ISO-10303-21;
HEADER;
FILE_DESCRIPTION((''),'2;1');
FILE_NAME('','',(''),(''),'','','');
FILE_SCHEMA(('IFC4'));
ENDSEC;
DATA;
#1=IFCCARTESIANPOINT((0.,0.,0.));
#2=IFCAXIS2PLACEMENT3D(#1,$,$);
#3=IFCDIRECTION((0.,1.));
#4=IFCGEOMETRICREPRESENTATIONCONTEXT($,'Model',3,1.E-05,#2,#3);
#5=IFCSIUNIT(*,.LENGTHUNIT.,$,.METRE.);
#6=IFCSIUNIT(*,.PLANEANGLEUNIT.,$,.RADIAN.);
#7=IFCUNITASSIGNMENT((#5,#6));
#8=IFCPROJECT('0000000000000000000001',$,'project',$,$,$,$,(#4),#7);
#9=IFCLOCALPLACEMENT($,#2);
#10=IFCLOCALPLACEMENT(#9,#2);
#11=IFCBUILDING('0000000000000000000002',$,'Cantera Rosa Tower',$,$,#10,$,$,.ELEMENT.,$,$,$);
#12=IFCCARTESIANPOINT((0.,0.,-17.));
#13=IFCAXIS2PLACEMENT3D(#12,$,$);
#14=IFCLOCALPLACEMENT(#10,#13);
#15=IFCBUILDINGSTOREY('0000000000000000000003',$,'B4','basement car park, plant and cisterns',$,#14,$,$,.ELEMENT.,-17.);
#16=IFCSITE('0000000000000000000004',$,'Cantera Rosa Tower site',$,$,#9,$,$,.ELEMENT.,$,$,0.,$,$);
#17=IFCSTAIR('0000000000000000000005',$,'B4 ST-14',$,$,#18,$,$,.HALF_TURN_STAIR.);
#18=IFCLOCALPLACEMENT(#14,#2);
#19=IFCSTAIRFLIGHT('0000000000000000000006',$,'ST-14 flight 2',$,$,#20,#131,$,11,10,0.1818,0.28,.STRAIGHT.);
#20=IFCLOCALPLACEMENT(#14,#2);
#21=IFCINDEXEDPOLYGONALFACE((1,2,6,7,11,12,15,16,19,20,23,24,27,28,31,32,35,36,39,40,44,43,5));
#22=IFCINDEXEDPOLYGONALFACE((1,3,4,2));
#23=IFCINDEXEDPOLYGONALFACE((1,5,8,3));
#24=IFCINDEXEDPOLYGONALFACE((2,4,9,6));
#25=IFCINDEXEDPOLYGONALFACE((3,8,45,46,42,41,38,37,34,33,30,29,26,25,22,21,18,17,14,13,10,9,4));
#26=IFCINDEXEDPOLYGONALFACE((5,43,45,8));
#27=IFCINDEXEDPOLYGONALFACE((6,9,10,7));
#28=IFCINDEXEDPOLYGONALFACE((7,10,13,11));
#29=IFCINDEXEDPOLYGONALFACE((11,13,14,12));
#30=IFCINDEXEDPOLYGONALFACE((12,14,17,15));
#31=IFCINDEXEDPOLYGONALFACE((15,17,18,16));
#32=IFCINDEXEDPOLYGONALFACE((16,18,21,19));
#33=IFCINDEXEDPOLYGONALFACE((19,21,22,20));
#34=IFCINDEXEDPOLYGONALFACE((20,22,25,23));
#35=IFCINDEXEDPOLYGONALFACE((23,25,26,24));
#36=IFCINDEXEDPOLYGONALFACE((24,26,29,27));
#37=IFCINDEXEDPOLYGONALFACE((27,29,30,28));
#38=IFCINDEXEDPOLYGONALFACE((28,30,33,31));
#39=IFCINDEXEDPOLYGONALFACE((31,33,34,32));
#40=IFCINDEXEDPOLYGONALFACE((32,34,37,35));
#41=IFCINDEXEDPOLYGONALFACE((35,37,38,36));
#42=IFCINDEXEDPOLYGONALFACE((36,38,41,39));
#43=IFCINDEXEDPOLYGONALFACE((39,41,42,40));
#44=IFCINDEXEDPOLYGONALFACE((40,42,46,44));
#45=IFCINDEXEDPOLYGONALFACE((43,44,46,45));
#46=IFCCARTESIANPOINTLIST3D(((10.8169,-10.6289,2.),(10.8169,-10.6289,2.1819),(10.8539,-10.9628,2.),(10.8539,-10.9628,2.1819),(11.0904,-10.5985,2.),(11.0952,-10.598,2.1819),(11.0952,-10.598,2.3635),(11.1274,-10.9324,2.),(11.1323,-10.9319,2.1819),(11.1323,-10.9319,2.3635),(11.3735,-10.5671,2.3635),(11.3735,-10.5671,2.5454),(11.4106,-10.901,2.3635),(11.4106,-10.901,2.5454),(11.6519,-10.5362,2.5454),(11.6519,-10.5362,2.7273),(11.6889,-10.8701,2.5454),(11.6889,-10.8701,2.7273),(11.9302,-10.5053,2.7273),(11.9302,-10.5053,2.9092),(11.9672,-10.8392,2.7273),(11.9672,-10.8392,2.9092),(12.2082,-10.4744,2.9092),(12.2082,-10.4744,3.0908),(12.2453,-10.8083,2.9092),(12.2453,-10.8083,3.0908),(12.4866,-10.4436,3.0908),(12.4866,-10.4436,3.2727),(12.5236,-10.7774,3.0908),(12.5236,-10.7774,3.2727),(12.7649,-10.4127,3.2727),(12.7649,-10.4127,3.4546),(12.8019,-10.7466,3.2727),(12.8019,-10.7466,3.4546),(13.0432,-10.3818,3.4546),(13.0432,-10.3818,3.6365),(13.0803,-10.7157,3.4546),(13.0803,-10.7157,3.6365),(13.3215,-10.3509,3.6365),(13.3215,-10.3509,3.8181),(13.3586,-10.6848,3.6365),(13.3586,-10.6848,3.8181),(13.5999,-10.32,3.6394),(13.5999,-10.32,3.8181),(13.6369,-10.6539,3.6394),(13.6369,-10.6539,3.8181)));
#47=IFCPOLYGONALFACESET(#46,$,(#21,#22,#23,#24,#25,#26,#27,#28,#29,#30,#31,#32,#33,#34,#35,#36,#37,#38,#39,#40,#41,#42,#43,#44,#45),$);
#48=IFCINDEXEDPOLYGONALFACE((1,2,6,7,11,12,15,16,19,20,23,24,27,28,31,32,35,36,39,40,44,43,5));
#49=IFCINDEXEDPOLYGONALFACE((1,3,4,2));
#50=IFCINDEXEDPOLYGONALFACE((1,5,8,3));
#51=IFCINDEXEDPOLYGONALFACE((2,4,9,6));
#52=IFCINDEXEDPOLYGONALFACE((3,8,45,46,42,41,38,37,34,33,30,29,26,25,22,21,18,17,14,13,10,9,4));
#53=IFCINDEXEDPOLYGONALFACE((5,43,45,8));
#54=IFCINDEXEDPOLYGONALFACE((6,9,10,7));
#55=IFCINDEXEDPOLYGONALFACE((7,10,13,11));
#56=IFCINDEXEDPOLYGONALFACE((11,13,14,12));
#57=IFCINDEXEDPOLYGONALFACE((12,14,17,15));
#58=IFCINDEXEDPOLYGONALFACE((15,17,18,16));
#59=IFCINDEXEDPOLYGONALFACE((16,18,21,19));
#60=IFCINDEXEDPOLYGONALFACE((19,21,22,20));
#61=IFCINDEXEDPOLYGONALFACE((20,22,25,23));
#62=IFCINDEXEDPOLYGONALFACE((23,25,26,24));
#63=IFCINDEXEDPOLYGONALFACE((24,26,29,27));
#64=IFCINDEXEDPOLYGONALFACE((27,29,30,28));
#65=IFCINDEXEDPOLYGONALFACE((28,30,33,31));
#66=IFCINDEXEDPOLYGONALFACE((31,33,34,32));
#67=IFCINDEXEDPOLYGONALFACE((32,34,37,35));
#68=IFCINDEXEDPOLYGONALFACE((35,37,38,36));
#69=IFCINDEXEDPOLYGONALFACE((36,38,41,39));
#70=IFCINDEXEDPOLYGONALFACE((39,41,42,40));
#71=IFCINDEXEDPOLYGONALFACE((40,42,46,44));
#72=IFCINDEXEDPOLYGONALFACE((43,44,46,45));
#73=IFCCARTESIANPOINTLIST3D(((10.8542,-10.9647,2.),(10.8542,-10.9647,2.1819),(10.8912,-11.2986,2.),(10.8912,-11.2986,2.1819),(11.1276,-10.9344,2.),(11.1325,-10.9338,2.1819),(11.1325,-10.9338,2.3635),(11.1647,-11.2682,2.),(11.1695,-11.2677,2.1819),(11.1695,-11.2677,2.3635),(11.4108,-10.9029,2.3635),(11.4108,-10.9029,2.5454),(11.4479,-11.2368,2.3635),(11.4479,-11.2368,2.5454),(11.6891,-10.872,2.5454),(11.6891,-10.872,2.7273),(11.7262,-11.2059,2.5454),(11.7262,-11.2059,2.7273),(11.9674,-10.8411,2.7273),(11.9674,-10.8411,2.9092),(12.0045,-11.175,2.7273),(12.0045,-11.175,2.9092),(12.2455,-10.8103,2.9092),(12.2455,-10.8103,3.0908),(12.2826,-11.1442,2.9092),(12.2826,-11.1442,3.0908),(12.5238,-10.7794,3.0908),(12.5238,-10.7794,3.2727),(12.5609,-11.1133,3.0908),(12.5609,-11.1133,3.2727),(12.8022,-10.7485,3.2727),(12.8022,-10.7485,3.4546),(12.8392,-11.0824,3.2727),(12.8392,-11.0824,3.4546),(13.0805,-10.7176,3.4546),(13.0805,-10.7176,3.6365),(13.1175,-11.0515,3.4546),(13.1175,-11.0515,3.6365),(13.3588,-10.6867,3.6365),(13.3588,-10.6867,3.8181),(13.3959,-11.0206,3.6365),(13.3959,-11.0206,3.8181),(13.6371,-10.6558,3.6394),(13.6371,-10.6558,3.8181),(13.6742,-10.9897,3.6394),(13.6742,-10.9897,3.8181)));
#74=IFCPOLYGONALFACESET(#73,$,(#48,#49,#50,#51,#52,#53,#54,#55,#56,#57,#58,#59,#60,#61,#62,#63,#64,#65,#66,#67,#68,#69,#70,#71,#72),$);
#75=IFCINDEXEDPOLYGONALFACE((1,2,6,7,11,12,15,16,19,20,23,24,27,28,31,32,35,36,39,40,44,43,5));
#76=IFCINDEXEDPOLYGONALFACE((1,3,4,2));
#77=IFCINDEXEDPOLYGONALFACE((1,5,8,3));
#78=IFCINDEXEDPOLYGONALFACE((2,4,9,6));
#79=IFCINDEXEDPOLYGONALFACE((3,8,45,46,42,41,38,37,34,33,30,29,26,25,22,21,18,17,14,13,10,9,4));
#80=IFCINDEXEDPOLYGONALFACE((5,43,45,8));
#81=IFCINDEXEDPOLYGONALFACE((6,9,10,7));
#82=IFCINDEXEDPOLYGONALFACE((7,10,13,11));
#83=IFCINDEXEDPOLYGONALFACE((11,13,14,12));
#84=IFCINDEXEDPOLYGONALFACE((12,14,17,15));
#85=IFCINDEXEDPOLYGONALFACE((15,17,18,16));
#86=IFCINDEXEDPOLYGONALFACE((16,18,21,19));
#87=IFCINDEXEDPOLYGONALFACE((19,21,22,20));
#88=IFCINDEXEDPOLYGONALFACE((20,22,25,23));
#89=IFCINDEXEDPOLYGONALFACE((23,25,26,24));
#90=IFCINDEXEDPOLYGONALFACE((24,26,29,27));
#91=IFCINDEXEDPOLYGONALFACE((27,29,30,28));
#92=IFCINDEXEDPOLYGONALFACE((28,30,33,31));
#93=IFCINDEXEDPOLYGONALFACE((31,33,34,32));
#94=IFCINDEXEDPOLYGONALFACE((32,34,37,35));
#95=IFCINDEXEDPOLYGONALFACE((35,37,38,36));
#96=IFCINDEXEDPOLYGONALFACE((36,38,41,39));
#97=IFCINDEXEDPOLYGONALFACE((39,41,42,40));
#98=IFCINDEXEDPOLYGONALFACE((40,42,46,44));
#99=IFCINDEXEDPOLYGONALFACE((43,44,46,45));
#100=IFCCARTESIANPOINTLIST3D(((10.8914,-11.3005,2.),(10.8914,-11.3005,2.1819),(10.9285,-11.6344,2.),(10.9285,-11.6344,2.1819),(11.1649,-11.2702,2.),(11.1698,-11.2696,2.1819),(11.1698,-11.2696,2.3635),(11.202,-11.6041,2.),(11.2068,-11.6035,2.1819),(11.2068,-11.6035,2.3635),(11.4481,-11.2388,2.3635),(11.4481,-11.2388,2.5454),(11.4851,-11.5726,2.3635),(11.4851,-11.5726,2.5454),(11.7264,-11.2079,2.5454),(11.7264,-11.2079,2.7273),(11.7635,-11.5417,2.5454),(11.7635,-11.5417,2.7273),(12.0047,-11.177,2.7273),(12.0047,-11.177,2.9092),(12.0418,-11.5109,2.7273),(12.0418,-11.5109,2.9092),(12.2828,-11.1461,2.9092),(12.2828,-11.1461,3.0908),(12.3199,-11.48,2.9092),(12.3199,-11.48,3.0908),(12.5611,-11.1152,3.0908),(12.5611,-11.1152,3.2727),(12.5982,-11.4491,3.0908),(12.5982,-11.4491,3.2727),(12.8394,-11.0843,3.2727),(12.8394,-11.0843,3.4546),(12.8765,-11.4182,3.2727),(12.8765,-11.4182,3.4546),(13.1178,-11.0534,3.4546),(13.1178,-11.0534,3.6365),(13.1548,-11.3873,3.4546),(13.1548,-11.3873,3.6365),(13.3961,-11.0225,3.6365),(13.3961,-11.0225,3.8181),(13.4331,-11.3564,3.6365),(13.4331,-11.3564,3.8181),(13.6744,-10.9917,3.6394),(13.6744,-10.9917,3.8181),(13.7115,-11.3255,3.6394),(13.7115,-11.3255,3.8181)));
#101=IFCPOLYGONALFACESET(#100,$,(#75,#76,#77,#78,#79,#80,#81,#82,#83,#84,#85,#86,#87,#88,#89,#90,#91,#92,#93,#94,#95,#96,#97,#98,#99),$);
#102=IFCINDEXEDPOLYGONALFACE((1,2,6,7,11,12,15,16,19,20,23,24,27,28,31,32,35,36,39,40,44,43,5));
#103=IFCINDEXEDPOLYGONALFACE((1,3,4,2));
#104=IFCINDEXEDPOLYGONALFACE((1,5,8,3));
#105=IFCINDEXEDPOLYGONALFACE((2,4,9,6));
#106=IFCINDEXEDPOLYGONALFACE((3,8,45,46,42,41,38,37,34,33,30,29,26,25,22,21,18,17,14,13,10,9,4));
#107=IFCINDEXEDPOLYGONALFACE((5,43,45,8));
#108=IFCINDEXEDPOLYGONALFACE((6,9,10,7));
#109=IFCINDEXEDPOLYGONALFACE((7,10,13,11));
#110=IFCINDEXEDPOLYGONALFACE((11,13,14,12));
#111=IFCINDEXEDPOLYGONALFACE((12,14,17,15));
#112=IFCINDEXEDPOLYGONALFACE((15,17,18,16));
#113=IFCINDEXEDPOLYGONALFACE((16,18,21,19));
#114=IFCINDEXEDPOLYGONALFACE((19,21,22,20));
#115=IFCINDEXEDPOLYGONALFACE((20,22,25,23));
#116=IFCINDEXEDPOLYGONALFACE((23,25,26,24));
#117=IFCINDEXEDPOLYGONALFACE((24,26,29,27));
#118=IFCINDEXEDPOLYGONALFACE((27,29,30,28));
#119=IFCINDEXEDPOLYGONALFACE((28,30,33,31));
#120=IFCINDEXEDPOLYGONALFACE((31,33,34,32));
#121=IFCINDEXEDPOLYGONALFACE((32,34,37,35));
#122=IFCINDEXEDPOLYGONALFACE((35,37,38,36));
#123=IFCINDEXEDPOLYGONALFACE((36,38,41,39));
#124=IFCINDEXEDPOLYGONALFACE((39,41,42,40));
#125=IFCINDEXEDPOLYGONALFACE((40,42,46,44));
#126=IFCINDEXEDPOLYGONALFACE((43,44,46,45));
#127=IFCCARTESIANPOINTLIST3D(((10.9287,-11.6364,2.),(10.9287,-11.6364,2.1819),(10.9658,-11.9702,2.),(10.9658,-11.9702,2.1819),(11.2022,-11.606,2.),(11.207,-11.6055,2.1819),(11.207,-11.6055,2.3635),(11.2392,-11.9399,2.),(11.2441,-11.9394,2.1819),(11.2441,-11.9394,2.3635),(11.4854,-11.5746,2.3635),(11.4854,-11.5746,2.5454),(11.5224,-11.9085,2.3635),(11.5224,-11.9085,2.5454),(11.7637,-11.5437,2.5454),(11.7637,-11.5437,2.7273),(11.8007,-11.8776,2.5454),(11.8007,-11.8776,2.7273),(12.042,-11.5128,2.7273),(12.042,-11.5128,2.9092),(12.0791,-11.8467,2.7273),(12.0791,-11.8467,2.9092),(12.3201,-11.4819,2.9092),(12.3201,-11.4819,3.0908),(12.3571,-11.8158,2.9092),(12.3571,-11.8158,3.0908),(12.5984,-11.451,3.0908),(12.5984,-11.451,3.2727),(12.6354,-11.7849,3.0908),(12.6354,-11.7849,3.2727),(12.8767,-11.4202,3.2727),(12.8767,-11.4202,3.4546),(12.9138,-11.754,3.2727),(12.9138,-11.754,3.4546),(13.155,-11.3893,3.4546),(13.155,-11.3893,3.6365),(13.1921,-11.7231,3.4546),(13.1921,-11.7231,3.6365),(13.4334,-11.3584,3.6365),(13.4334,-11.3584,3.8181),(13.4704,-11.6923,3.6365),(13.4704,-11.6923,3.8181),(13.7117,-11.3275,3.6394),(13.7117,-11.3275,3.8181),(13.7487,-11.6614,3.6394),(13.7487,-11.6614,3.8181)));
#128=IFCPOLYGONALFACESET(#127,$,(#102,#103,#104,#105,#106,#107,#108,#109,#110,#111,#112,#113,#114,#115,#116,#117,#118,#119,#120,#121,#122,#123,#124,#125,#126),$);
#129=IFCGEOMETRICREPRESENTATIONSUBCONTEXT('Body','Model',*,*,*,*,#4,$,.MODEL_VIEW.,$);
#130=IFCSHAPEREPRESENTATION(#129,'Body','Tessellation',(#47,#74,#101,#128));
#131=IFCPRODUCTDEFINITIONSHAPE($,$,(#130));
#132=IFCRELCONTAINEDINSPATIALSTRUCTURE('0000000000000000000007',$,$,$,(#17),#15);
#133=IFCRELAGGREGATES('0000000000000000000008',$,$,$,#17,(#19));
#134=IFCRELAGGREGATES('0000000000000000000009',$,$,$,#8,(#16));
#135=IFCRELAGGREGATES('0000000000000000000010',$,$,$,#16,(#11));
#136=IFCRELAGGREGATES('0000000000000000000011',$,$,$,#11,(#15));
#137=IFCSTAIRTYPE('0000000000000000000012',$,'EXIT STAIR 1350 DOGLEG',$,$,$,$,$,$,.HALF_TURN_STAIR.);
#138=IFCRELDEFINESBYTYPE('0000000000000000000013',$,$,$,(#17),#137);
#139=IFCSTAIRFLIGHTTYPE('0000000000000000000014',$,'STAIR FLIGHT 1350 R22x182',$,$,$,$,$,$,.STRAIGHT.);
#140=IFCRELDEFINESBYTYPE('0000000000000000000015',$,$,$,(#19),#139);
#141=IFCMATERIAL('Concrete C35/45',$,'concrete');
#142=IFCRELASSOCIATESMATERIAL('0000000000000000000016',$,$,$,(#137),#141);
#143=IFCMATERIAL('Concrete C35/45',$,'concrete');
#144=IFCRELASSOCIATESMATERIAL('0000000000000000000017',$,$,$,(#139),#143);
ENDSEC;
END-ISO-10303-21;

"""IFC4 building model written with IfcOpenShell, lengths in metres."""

from ifc_helpers import new_model, si_unit, direction, frame, origin, place, context, subcontext, project, spatial, polyline, outline, extrude, material, type_object, element, aggregate, save


model = new_model("IFC4")

# Units and contexts
model_context = context("Model", 3, precision=1e-05, world=origin(), true_north=direction((0.0, 1.0)))
body_context = subcontext(model_context, "Body", "Model", "MODEL_VIEW")
ifc_project = project(units=[si_unit("LENGTHUNIT", "METRE"), si_unit("PLANEANGLEUNIT", "RADIAN")], contexts=[model_context])

# Site, building, storey
site_placement = place(None, origin())
site = spatial("IfcSite", under=ifc_project, at=site_placement, Name="Cantera Rosa Tower site", CompositionType="ELEMENT", RefElevation=0.0)
building_placement = place(site_placement, origin())
building = spatial("IfcBuilding", under=site, at=building_placement, Name="Cantera Rosa Tower", CompositionType="ELEMENT")
storey_placement = place(building_placement, frame((0.0, 0.0, -17.0)))
storey = spatial("IfcBuildingStorey", under=building, at=storey_placement, Name="B4", Description="basement car park, plant and cisterns", CompositionType="ELEMENT", Elevation=-17.0)

# Stair, stair flight
ifc_material_1 = material(Name="Concrete C35/45", Category="concrete")
stair_type = type_object("IfcStairType", Name="EXIT STAIR 1350 DOGLEG", PredefinedType="HALF_TURN_STAIR", material=ifc_material_1)
stair_placement = place(storey_placement, origin())
stair = element("IfcStair", 1, at=stair_placement, inside=storey, type_object=stair_type, Name="B4 ST-14", PredefinedType="HALF_TURN_STAIR")
ifc_material_2 = material(Name="Concrete C35/45", Category="concrete")
stair_flight_type = type_object("IfcStairFlightType", Name="STAIR FLIGHT 1350 R22x182", PredefinedType="STRAIGHT", material=ifc_material_2)
stair_flight_placement = place(storey_placement, frame((10.8914, -11.2998, 2.0), z_axis=(0.0, 0.0, 1.0), x_axis=(0.993897, 0.110313, 0.0)))
stair_flight = element("IfcStairFlight", 2, at=stair_flight_placement, type_object=stair_flight_type, Name="ST-14 flight 2", NumberOfRisers=11, NumberOfTreads=10, PredefinedType="STRAIGHT", RiserHeight=0.1818, TreadLength=0.28, context=body_context, shape_type="SweptSolid", body=[
    extrude(outline(polyline([(0.0, 0.0), (0.0, 0.1819), (0.28, 0.1819), (0.28, 0.3635), (0.5601, 0.3635), (0.5601, 0.5454), (0.8401, 0.5454), (0.8401, 0.7273), (1.1201, 0.7273), (1.1201, 0.9092), (1.3999, 0.9092), (1.3999, 1.0908), (1.6799, 1.0908), (1.6799, 1.2727), (1.96, 1.2727), (1.96, 1.4546), (2.24, 1.4546), (2.24, 1.6365), (2.52, 1.6365), (2.52, 1.8181), (2.8, 1.8181), (2.8, 2.0), (2.8, 1.6394), (0.2751, 0.0), (0.0, 0.0)])), frame((0.0, 0.675, 0.0), z_axis=(0.0, -1.0, 0.0), x_axis=(1.0, 0.0, 0.0)), (0.0, 0.0, 1.0), 0.3359),
    extrude(outline(polyline([(0.0, 0.0), (0.0, 0.1819), (0.28, 0.1819), (0.28, 0.3635), (0.5601, 0.3635), (0.5601, 0.5454), (0.8401, 0.5454), (0.8401, 0.7273), (1.1201, 0.7273), (1.1201, 0.9092), (1.3999, 0.9092), (1.3999, 1.0908), (1.6799, 1.0908), (1.6799, 1.2727), (1.96, 1.2727), (1.96, 1.4546), (2.24, 1.4546), (2.24, 1.6365), (2.52, 1.6365), (2.52, 1.8181), (2.8, 1.8181), (2.8, 2.0), (2.8, 1.6394), (0.2751, 0.0), (0.0, 0.0)])), frame((0.0, 0.3372, 0.0), z_axis=(0.0, -1.0, 0.0), x_axis=(1.0, 0.0, 0.0)), (0.0, 0.0, 1.0), 0.3359),
    extrude(outline(polyline([(0.0, 0.0), (0.0, 0.1819), (0.28, 0.1819), (0.28, 0.3635), (0.5601, 0.3635), (0.5601, 0.5454), (0.8401, 0.5454), (0.8401, 0.7273), (1.1201, 0.7273), (1.1201, 0.9092), (1.3999, 0.9092), (1.3999, 1.0908), (1.6799, 1.0908), (1.6799, 1.2727), (1.96, 1.2727), (1.96, 1.4546), (2.24, 1.4546), (2.24, 1.6365), (2.52, 1.6365), (2.52, 1.8181), (2.8, 1.8181), (2.8, 2.0), (2.8, 1.6394), (0.2751, 0.0), (0.0, 0.0)])), frame((0.0, -0.0007, 0.0), z_axis=(0.0, -1.0, 0.0), x_axis=(1.0, 0.0, 0.0)), (0.0, 0.0, 1.0), 0.3359),
    extrude(outline(polyline([(0.0, 0.0), (0.0, 0.1819), (0.28, 0.1819), (0.28, 0.3635), (0.5601, 0.3635), (0.5601, 0.5454), (0.8401, 0.5454), (0.8401, 0.7273), (1.1201, 0.7273), (1.1201, 0.9092), (1.3999, 0.9092), (1.3999, 1.0908), (1.6799, 1.0908), (1.6799, 1.2727), (1.96, 1.2727), (1.96, 1.4546), (2.24, 1.4546), (2.24, 1.6365), (2.52, 1.6365), (2.52, 1.8181), (2.8, 1.8181), (2.8, 2.0), (2.8, 1.6394), (0.2751, 0.0), (0.0, 0.0)])), frame((0.0, -0.3386, 0.0), z_axis=(0.0, -1.0, 0.0), x_axis=(1.0, 0.0, 0.0)), (0.0, 0.0, 1.0), 0.3359),
])
aggregate(stair, [stair_flight])

save(model, "model.ifc")
